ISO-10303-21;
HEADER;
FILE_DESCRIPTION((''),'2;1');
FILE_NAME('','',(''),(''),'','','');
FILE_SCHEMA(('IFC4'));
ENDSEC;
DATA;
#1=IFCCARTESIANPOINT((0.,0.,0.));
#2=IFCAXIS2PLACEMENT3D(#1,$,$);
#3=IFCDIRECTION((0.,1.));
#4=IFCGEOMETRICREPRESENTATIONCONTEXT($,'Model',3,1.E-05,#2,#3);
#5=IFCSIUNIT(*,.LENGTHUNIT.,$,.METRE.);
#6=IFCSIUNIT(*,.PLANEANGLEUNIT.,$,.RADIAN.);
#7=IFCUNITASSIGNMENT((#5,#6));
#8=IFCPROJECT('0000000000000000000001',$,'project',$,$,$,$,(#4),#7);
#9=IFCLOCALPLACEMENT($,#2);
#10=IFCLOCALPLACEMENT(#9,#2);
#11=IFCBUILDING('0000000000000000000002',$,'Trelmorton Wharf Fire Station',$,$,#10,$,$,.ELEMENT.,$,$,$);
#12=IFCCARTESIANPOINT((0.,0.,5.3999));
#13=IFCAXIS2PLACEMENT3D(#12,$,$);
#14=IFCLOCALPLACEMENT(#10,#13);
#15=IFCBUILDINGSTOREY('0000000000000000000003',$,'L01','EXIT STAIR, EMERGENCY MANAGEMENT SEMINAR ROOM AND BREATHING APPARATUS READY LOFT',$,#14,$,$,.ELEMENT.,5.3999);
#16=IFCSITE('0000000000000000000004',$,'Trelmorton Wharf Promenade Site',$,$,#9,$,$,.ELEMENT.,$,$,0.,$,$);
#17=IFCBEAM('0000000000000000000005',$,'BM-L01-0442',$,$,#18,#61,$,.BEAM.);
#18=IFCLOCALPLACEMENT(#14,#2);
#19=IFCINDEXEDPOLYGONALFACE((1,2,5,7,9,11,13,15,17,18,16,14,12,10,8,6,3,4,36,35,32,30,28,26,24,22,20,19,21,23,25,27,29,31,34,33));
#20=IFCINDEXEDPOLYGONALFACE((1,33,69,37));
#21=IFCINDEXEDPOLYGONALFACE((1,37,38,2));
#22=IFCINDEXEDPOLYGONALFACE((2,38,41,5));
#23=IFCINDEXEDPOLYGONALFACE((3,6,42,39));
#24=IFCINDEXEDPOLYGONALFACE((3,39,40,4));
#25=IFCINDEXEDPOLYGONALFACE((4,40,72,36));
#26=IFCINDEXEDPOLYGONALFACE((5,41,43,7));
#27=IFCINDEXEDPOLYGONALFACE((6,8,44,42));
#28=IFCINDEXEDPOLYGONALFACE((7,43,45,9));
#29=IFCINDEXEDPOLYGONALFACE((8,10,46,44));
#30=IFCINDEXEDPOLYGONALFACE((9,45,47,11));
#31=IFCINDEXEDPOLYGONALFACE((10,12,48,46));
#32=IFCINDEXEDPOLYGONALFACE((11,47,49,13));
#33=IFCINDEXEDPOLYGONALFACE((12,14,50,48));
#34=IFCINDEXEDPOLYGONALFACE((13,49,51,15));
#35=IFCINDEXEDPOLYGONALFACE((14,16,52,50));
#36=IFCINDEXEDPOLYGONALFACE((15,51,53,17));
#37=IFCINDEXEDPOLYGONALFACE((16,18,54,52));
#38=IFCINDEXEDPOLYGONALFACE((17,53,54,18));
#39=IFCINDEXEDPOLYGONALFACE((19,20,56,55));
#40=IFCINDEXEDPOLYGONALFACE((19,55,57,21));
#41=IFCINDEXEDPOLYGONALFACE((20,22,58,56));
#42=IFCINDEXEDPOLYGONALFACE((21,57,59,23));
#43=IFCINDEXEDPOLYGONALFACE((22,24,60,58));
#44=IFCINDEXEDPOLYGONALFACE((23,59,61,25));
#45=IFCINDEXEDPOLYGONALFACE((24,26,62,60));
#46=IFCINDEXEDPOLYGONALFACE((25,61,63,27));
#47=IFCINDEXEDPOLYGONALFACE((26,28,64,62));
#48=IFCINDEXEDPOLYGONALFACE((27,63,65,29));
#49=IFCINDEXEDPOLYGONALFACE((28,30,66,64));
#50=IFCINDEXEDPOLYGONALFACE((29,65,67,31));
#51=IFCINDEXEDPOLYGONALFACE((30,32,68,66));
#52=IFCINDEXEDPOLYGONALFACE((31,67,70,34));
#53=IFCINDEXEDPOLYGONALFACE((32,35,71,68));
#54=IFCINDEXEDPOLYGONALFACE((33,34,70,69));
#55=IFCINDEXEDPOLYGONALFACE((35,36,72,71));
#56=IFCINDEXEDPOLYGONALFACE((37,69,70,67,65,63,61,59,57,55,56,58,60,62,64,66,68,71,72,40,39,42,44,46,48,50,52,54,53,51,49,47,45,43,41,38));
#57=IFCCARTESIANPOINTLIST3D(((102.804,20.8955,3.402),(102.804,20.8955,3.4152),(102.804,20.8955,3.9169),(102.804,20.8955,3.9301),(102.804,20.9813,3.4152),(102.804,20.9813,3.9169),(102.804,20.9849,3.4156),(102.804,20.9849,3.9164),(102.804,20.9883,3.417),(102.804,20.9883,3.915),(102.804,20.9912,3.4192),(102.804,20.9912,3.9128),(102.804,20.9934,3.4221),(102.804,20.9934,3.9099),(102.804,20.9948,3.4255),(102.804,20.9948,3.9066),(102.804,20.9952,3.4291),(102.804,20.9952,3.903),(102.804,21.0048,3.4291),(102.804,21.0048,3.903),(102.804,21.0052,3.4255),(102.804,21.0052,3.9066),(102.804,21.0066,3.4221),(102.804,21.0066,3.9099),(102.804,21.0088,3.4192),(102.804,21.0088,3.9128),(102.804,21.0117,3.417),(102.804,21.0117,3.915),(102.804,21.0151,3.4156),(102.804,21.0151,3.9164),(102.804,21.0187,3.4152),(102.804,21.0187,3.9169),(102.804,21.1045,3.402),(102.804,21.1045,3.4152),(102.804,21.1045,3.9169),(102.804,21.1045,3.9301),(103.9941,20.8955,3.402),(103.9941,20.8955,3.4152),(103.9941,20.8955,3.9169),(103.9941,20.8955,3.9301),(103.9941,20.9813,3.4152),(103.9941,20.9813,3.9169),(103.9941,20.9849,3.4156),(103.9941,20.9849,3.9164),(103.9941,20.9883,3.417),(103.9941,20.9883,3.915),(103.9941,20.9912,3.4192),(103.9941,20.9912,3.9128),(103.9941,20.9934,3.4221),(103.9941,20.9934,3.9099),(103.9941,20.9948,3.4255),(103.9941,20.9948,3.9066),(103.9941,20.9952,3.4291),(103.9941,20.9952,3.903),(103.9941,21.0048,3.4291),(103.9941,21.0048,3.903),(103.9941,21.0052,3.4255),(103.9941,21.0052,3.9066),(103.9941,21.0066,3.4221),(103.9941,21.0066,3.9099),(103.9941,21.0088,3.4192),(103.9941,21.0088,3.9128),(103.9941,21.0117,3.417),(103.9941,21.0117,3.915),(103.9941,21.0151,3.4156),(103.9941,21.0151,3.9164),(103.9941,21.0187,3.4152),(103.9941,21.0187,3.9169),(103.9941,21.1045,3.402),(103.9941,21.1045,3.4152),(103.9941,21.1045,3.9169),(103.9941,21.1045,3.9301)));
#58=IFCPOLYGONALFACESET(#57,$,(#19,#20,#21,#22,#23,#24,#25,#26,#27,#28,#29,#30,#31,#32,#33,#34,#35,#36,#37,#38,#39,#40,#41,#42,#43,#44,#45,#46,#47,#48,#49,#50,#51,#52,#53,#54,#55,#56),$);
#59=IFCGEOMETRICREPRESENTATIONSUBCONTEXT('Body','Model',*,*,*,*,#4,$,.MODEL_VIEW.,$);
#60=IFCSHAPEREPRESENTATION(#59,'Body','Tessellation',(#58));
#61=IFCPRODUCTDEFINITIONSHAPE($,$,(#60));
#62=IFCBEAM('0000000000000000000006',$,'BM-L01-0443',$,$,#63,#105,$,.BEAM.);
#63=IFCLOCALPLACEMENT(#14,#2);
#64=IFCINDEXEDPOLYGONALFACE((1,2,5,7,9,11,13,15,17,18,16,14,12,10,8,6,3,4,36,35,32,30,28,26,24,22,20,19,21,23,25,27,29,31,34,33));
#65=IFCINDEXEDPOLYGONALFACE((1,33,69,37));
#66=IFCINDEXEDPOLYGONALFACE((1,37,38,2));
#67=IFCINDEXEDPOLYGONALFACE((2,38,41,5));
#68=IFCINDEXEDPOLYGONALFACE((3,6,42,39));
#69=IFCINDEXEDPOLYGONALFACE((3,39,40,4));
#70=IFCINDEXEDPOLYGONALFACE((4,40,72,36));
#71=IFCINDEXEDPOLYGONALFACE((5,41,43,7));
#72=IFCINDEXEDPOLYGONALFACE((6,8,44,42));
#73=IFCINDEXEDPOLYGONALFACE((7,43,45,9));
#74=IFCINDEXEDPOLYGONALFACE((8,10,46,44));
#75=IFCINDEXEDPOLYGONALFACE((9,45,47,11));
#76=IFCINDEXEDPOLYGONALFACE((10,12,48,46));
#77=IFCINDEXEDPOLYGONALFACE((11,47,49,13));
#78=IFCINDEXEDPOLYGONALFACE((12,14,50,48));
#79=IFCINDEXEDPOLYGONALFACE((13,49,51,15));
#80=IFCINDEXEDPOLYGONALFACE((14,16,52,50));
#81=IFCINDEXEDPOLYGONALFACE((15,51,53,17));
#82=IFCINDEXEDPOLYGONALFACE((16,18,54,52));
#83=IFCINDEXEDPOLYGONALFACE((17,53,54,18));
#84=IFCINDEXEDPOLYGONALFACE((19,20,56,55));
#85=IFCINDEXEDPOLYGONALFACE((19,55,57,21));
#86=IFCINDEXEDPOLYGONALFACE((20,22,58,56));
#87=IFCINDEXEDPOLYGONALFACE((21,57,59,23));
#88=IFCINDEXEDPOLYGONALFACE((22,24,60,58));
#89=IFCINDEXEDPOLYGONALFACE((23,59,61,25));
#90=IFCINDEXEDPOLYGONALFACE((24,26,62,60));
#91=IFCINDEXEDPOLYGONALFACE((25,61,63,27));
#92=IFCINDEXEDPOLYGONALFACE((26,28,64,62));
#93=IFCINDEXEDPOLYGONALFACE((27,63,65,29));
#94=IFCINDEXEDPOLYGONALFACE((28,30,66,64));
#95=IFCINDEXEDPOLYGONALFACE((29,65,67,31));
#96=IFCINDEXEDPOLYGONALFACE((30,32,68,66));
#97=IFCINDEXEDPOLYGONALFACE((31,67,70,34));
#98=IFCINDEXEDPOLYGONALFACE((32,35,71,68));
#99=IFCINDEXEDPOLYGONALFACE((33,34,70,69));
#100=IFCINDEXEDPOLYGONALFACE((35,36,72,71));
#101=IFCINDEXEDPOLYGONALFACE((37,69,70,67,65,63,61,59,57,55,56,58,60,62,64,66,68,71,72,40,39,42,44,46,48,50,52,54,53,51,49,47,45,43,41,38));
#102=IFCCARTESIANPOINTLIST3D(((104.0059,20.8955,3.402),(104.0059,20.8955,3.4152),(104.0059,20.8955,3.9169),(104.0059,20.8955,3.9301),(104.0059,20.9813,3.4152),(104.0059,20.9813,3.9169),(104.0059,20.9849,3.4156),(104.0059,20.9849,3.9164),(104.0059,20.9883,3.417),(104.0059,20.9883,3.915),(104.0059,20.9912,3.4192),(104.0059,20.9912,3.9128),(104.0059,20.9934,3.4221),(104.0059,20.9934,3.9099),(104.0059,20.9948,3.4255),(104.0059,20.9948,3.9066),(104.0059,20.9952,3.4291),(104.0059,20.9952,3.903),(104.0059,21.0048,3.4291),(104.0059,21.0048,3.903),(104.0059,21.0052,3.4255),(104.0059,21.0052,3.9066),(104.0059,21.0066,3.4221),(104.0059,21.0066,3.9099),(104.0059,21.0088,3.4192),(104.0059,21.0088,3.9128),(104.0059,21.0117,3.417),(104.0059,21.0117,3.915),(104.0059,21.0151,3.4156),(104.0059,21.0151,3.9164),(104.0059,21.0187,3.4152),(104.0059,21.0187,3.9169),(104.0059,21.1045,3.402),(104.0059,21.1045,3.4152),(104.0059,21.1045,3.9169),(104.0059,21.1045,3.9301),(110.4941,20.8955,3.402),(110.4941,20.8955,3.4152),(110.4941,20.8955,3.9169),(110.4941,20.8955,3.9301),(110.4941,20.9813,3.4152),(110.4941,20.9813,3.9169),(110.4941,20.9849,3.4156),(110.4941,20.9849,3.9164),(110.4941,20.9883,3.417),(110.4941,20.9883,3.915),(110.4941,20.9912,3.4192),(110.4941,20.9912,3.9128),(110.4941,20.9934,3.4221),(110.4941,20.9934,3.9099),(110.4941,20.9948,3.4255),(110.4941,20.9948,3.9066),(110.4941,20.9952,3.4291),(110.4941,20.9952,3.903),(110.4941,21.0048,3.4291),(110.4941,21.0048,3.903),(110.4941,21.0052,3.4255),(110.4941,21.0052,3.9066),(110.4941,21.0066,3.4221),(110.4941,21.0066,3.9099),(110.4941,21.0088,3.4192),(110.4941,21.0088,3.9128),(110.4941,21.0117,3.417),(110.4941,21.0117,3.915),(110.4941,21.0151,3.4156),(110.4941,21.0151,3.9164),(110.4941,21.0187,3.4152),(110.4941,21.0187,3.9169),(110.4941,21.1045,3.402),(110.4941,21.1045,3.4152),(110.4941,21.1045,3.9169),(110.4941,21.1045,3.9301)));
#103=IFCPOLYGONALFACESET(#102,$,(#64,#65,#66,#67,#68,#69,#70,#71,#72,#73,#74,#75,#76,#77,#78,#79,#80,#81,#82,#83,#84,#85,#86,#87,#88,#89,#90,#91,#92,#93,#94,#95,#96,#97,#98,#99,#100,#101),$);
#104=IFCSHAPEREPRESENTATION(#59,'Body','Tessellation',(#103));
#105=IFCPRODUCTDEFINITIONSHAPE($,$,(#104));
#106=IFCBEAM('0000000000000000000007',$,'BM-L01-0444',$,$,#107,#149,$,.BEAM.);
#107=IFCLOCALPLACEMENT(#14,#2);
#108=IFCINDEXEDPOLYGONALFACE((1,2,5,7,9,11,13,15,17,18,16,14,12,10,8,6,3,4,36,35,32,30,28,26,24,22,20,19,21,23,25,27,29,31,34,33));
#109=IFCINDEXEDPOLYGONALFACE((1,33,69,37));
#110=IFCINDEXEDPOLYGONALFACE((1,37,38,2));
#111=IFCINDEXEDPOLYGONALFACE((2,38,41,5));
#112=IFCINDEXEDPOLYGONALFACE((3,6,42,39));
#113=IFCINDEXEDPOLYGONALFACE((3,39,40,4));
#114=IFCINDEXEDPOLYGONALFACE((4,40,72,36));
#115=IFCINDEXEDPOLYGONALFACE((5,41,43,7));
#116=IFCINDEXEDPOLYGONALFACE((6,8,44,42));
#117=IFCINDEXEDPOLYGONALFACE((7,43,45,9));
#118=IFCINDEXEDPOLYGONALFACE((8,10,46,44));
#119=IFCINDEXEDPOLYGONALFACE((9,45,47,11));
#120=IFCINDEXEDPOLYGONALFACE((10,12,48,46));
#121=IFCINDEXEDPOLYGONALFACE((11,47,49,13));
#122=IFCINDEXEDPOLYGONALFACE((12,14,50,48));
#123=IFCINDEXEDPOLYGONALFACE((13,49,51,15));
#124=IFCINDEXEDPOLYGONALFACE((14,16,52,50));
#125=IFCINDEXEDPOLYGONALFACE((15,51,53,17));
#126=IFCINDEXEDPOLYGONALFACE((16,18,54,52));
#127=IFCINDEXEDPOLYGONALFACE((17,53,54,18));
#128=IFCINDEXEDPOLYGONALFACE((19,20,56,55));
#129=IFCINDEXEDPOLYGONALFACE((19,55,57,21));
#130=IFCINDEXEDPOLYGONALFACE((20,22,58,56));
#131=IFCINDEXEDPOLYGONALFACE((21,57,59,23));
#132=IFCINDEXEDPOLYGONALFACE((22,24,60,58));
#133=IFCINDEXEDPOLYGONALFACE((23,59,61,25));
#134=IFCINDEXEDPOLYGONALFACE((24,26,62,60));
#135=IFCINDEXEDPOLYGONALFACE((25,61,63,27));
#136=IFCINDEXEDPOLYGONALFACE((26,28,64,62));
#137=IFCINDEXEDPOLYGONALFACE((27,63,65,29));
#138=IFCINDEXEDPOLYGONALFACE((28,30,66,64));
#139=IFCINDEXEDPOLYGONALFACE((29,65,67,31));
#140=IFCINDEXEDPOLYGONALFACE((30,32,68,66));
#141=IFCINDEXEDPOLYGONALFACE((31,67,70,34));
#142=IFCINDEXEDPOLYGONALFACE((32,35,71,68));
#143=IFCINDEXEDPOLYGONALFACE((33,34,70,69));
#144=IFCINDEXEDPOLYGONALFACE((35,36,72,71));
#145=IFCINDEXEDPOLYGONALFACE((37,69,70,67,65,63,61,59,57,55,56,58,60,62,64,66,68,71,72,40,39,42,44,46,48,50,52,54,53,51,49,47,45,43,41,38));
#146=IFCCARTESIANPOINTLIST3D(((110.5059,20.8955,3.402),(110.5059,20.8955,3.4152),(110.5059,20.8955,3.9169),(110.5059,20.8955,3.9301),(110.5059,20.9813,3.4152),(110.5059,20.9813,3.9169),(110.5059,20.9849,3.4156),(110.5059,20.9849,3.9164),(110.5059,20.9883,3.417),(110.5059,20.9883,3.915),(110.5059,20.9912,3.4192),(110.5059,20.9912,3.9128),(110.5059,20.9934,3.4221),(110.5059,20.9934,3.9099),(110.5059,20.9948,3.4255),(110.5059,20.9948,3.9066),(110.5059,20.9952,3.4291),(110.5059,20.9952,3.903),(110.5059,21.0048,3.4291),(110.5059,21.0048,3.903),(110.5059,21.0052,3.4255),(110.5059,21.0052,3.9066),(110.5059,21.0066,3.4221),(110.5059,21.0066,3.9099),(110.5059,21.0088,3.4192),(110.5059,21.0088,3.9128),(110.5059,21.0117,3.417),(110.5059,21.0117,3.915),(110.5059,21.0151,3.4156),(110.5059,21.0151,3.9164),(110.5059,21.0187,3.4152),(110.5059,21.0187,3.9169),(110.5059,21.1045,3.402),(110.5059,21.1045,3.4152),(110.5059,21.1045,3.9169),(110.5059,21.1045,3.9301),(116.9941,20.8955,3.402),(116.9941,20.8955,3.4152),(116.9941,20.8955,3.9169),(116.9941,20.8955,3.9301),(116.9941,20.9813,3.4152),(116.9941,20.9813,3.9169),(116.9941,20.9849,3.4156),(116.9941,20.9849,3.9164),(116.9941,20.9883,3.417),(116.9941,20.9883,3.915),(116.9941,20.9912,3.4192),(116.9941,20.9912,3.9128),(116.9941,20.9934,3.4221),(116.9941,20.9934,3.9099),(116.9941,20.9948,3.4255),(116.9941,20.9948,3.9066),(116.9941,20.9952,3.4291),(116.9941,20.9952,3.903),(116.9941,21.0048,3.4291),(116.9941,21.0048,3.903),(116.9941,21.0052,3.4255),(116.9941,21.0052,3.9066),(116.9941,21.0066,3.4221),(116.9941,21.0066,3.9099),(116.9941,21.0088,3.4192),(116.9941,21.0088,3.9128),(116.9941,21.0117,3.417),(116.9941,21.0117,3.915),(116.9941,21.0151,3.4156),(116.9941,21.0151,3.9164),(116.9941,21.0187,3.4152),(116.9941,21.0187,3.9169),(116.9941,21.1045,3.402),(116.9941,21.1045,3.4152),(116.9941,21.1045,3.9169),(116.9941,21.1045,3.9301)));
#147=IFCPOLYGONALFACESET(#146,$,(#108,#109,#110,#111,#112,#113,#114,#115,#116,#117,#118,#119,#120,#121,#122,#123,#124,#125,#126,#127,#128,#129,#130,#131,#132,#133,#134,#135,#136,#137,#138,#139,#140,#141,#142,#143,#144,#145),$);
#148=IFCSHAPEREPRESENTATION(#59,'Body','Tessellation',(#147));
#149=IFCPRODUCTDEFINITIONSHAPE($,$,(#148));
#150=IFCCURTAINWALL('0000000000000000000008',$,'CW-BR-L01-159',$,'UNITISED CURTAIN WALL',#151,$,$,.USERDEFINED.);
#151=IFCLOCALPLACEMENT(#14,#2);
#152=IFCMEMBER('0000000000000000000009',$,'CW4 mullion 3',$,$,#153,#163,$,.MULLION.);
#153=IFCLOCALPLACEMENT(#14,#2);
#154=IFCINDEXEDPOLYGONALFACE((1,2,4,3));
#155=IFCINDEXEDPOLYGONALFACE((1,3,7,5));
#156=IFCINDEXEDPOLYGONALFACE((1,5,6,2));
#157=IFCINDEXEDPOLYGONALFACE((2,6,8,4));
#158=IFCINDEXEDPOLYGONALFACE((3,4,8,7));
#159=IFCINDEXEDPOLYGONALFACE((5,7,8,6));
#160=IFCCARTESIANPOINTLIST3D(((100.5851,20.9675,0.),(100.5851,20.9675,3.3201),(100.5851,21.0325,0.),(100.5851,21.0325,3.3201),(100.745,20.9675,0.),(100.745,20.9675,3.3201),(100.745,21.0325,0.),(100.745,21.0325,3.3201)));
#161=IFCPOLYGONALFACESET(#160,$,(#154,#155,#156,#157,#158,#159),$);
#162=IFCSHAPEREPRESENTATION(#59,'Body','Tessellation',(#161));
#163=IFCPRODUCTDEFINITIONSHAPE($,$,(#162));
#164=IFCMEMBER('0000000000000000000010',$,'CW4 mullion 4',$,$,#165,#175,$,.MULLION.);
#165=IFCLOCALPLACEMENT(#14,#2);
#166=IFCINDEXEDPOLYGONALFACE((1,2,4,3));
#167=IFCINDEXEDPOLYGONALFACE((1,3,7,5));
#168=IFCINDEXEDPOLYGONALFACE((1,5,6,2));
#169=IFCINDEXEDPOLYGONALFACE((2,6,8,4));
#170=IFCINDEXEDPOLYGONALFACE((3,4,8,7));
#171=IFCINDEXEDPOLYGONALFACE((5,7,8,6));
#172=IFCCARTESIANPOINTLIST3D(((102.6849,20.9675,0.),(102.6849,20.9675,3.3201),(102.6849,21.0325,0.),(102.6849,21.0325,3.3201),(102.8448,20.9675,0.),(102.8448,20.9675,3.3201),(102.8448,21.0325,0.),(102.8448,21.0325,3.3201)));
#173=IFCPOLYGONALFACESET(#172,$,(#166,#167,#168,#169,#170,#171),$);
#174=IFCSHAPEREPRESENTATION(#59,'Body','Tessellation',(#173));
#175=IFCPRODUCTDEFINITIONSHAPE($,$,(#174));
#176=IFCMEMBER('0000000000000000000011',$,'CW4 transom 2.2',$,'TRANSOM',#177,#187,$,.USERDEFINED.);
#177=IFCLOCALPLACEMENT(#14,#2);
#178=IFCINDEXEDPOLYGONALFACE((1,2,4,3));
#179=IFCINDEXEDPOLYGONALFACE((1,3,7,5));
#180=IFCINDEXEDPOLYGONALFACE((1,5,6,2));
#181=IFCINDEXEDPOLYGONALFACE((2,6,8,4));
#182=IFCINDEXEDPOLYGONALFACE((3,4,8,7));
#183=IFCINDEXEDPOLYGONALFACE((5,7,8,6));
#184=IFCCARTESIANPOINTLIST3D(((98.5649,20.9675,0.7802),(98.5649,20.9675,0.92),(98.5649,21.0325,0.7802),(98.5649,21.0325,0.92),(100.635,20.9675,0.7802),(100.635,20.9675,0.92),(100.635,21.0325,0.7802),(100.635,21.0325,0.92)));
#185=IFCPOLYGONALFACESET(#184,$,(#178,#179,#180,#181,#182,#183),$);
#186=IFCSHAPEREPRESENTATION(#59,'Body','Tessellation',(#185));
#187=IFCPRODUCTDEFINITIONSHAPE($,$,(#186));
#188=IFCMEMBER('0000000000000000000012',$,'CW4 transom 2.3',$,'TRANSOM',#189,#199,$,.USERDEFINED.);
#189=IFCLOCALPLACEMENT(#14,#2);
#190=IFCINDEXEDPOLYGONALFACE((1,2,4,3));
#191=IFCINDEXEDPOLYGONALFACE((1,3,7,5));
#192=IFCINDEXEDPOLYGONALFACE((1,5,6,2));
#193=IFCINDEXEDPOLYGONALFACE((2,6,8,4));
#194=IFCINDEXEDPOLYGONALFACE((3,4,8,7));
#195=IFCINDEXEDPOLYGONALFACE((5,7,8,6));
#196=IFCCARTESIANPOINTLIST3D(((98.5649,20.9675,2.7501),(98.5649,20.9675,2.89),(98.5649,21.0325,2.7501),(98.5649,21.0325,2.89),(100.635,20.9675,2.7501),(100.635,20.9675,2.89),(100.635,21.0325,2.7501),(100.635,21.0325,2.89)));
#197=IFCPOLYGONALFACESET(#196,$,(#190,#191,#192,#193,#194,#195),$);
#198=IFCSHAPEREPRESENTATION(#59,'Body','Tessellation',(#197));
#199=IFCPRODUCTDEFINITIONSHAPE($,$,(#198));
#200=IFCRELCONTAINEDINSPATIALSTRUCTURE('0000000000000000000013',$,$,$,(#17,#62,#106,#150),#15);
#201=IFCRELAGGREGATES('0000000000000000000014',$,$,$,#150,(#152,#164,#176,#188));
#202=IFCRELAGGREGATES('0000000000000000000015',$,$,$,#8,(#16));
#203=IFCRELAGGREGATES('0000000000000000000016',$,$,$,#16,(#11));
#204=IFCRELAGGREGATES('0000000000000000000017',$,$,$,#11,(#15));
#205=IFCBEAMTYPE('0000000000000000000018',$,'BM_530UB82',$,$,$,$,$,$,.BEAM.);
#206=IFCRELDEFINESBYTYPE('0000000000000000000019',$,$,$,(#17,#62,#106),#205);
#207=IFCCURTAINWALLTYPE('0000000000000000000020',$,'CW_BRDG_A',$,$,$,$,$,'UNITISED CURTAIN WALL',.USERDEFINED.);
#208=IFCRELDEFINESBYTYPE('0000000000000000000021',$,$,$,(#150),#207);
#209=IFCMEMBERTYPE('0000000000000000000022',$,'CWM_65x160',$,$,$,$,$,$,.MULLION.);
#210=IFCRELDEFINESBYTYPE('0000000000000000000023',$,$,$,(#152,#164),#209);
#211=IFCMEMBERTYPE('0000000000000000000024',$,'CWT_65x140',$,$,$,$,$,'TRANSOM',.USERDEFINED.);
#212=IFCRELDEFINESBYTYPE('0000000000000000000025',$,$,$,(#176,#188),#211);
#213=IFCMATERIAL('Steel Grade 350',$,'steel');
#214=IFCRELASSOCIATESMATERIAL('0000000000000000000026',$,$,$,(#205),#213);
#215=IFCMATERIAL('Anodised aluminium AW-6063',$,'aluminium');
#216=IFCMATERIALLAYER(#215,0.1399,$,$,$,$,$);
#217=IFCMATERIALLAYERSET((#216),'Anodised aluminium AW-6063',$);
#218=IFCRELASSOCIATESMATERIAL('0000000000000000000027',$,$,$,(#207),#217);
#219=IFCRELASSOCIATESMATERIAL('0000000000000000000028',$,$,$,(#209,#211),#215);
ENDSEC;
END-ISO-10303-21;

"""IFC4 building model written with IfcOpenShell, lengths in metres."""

from ifc_helpers import new_model, si_unit, direction, frame, origin, origin_2d, place, context, subcontext, project, spatial, rectangle, i_section, extrude, material, layer, layer_set, material_profile, profile_set, type_object, element, aggregate, save


model = new_model("IFC4")

# Units and contexts
model_context = context("Model", 3, precision=1e-05, world=origin(), true_north=direction((0.0, 1.0)))
body_context = subcontext(model_context, "Body", "Model", "MODEL_VIEW")
ifc_project = project(units=[si_unit("LENGTHUNIT", "METRE"), si_unit("PLANEANGLEUNIT", "RADIAN")], contexts=[model_context])

# Site, building, storey
site_placement = place(None, origin())
site = spatial("IfcSite", under=ifc_project, at=site_placement, Name="Trelmorton Wharf Promenade Site", CompositionType="ELEMENT", RefElevation=0.0)
building_placement = place(site_placement, origin())
building = spatial("IfcBuilding", under=site, at=building_placement, Name="Trelmorton Wharf Fire Station", CompositionType="ELEMENT")
storey_placement = place(building_placement, frame((0.0, 0.0, 5.3999)))
storey = spatial("IfcBuildingStorey", under=building, at=storey_placement, Name="L01", Description="EXIT STAIR, EMERGENCY MANAGEMENT SEMINAR ROOM AND BREATHING APPARATUS READY LOFT", CompositionType="ELEMENT", Elevation=5.3999)

# Shared definitions
ifc_material_1 = material(Name="Steel Grade 350", Category="steel")

# Beams
ifc_material_profile_1 = material_profile(ifc_material_1, i_section(OverallWidth=0.209, OverallDepth=0.5281, WebThickness=0.0095, FlangeThickness=0.0132, FilletRadius=0.0139, at=origin_2d()), Name="530UB82.0")
ifc_profile_set_1 = profile_set([ifc_material_profile_1], Name="Steel Grade 350")
beam_type_1 = type_object("IfcBeamType", Name="BM_530UB82", PredefinedType="BEAM", material=ifc_profile_set_1)
beam_1_placement = place(storey_placement, frame((102.804, 21.0, 3.666), z_axis=(1.0, 0.0, 0.0), x_axis=(0.0, 1.0, 0.0)))
element("IfcBeam", 1, at=beam_1_placement, inside=storey, type_object=beam_type_1, Name="BM-L01-0442", PredefinedType="BEAM", context=body_context, shape_type="SweptSolid", body=[
    extrude(i_section(OverallWidth=0.209, OverallDepth=0.5281, WebThickness=0.0095, FlangeThickness=0.0132, FilletRadius=0.0139, at=origin_2d()), origin(), (0.0, 0.0, 1.0), 1.1902),
])
for number, where, z_axis, x_axis, name in (
    (2, (104.0059, 21.0, 3.666), (1.0, 0.0, 0.0), (0.0, 1.0, 0.0), "BM-L01-0443"),
    (3, (110.5059, 21.0, 3.666), (1.0, 0.0, 0.0), (0.0, 1.0, 0.0), "BM-L01-0444"),
):
    element("IfcBeam", number, at=place(storey_placement, frame(where, z_axis=z_axis, x_axis=x_axis)), inside=storey, type_object=beam_type_1, Name=name, PredefinedType="BEAM", context=body_context, shape_type="SweptSolid", body=[
        extrude(i_section(OverallWidth=0.209, OverallDepth=0.5281, WebThickness=0.0095, FlangeThickness=0.0132, FilletRadius=0.0139, at=origin_2d()), origin(), (0.0, 0.0, 1.0), 6.4883),
    ])

# Curtain wall, members
ifc_material_2 = material(Name="Anodised aluminium AW-6063", Category="aluminium")
ifc_layer_1 = layer(ifc_material_2, 0.1399)
ifc_layer_set_1 = layer_set([ifc_layer_1], Name="Anodised aluminium AW-6063")
curtain_wall_type = type_object("IfcCurtainWallType", Name="CW_BRDG_A", ElementType="UNITISED CURTAIN WALL", PredefinedType="USERDEFINED", material=ifc_layer_set_1)
curtain_wall_placement = place(storey_placement, origin())
curtain_wall = element("IfcCurtainWall", 4, at=curtain_wall_placement, inside=storey, type_object=curtain_wall_type, Name="CW-BR-L01-159", ObjectType="UNITISED CURTAIN WALL", PredefinedType="USERDEFINED")
ifc_material_profile_2 = material_profile(ifc_material_2, rectangle(XDim=0.0649, YDim=0.1599, at=origin_2d()), Name="ALU-65x160")
ifc_profile_set_2 = profile_set([ifc_material_profile_2], Name="Anodised aluminium AW-6063")
member_type_1 = type_object("IfcMemberType", Name="CWM_65x160", PredefinedType="MULLION", material=ifc_profile_set_2)
member_1_placement = place(storey_placement, frame((100.665, 21.0, 0.0), z_axis=(0.0, 0.0, 1.0), x_axis=(0.0, 1.0, 0.0)))
member_1 = element("IfcMember", 5, at=member_1_placement, type_object=member_type_1, Name="CW4 mullion 3", PredefinedType="MULLION", context=body_context, shape_type="SweptSolid", body=[
    extrude(rectangle(XDim=0.0649, YDim=0.1599, at=origin_2d()), origin(), (0.0, 0.0, 1.0), 3.3201),
])
member_2_placement = place(storey_placement, frame((102.7649, 21.0, 0.0), z_axis=(0.0, 0.0, 1.0), x_axis=(0.0, 1.0, 0.0)))
member_2 = element("IfcMember", 6, at=member_2_placement, type_object=member_type_1, Name="CW4 mullion 4", PredefinedType="MULLION", context=body_context, shape_type="SweptSolid", body=[
    extrude(rectangle(XDim=0.0649, YDim=0.1599, at=origin_2d()), origin(), (0.0, 0.0, 1.0), 3.3201),
])
ifc_material_profile_3 = material_profile(ifc_material_2, rectangle(XDim=0.0649, YDim=0.1399, at=origin_2d()), Name="ALU-65x140")
ifc_profile_set_3 = profile_set([ifc_material_profile_3], Name="Anodised aluminium AW-6063")
member_type_2 = type_object("IfcMemberType", Name="CWT_65x140", ElementType="TRANSOM", PredefinedType="USERDEFINED", material=ifc_profile_set_3)
member_3_placement = place(storey_placement, frame((98.5649, 21.0, 0.8501), z_axis=(1.0, 0.0, 0.0), x_axis=(0.0, 1.0, 0.0)))
member_3 = element("IfcMember", 7, at=member_3_placement, type_object=member_type_2, Name="CW4 transom 2.2", ObjectType="TRANSOM", PredefinedType="USERDEFINED", context=body_context, shape_type="SweptSolid", body=[
    extrude(rectangle(XDim=0.0649, YDim=0.1399, at=origin_2d()), origin(), (0.0, 0.0, 1.0), 2.0701),
])
member_4_placement = place(storey_placement, frame((98.5649, 21.0, 2.8201), z_axis=(1.0, 0.0, 0.0), x_axis=(0.0, 1.0, 0.0)))
member_4 = element("IfcMember", 8, at=member_4_placement, type_object=member_type_2, Name="CW4 transom 2.3", ObjectType="TRANSOM", PredefinedType="USERDEFINED", context=body_context, shape_type="SweptSolid", body=[
    extrude(rectangle(XDim=0.0649, YDim=0.1399, at=origin_2d()), origin(), (0.0, 0.0, 1.0), 2.0701),
])

aggregate(curtain_wall, [member_1, member_2, member_3, member_4])

save(model, "model.ifc")
